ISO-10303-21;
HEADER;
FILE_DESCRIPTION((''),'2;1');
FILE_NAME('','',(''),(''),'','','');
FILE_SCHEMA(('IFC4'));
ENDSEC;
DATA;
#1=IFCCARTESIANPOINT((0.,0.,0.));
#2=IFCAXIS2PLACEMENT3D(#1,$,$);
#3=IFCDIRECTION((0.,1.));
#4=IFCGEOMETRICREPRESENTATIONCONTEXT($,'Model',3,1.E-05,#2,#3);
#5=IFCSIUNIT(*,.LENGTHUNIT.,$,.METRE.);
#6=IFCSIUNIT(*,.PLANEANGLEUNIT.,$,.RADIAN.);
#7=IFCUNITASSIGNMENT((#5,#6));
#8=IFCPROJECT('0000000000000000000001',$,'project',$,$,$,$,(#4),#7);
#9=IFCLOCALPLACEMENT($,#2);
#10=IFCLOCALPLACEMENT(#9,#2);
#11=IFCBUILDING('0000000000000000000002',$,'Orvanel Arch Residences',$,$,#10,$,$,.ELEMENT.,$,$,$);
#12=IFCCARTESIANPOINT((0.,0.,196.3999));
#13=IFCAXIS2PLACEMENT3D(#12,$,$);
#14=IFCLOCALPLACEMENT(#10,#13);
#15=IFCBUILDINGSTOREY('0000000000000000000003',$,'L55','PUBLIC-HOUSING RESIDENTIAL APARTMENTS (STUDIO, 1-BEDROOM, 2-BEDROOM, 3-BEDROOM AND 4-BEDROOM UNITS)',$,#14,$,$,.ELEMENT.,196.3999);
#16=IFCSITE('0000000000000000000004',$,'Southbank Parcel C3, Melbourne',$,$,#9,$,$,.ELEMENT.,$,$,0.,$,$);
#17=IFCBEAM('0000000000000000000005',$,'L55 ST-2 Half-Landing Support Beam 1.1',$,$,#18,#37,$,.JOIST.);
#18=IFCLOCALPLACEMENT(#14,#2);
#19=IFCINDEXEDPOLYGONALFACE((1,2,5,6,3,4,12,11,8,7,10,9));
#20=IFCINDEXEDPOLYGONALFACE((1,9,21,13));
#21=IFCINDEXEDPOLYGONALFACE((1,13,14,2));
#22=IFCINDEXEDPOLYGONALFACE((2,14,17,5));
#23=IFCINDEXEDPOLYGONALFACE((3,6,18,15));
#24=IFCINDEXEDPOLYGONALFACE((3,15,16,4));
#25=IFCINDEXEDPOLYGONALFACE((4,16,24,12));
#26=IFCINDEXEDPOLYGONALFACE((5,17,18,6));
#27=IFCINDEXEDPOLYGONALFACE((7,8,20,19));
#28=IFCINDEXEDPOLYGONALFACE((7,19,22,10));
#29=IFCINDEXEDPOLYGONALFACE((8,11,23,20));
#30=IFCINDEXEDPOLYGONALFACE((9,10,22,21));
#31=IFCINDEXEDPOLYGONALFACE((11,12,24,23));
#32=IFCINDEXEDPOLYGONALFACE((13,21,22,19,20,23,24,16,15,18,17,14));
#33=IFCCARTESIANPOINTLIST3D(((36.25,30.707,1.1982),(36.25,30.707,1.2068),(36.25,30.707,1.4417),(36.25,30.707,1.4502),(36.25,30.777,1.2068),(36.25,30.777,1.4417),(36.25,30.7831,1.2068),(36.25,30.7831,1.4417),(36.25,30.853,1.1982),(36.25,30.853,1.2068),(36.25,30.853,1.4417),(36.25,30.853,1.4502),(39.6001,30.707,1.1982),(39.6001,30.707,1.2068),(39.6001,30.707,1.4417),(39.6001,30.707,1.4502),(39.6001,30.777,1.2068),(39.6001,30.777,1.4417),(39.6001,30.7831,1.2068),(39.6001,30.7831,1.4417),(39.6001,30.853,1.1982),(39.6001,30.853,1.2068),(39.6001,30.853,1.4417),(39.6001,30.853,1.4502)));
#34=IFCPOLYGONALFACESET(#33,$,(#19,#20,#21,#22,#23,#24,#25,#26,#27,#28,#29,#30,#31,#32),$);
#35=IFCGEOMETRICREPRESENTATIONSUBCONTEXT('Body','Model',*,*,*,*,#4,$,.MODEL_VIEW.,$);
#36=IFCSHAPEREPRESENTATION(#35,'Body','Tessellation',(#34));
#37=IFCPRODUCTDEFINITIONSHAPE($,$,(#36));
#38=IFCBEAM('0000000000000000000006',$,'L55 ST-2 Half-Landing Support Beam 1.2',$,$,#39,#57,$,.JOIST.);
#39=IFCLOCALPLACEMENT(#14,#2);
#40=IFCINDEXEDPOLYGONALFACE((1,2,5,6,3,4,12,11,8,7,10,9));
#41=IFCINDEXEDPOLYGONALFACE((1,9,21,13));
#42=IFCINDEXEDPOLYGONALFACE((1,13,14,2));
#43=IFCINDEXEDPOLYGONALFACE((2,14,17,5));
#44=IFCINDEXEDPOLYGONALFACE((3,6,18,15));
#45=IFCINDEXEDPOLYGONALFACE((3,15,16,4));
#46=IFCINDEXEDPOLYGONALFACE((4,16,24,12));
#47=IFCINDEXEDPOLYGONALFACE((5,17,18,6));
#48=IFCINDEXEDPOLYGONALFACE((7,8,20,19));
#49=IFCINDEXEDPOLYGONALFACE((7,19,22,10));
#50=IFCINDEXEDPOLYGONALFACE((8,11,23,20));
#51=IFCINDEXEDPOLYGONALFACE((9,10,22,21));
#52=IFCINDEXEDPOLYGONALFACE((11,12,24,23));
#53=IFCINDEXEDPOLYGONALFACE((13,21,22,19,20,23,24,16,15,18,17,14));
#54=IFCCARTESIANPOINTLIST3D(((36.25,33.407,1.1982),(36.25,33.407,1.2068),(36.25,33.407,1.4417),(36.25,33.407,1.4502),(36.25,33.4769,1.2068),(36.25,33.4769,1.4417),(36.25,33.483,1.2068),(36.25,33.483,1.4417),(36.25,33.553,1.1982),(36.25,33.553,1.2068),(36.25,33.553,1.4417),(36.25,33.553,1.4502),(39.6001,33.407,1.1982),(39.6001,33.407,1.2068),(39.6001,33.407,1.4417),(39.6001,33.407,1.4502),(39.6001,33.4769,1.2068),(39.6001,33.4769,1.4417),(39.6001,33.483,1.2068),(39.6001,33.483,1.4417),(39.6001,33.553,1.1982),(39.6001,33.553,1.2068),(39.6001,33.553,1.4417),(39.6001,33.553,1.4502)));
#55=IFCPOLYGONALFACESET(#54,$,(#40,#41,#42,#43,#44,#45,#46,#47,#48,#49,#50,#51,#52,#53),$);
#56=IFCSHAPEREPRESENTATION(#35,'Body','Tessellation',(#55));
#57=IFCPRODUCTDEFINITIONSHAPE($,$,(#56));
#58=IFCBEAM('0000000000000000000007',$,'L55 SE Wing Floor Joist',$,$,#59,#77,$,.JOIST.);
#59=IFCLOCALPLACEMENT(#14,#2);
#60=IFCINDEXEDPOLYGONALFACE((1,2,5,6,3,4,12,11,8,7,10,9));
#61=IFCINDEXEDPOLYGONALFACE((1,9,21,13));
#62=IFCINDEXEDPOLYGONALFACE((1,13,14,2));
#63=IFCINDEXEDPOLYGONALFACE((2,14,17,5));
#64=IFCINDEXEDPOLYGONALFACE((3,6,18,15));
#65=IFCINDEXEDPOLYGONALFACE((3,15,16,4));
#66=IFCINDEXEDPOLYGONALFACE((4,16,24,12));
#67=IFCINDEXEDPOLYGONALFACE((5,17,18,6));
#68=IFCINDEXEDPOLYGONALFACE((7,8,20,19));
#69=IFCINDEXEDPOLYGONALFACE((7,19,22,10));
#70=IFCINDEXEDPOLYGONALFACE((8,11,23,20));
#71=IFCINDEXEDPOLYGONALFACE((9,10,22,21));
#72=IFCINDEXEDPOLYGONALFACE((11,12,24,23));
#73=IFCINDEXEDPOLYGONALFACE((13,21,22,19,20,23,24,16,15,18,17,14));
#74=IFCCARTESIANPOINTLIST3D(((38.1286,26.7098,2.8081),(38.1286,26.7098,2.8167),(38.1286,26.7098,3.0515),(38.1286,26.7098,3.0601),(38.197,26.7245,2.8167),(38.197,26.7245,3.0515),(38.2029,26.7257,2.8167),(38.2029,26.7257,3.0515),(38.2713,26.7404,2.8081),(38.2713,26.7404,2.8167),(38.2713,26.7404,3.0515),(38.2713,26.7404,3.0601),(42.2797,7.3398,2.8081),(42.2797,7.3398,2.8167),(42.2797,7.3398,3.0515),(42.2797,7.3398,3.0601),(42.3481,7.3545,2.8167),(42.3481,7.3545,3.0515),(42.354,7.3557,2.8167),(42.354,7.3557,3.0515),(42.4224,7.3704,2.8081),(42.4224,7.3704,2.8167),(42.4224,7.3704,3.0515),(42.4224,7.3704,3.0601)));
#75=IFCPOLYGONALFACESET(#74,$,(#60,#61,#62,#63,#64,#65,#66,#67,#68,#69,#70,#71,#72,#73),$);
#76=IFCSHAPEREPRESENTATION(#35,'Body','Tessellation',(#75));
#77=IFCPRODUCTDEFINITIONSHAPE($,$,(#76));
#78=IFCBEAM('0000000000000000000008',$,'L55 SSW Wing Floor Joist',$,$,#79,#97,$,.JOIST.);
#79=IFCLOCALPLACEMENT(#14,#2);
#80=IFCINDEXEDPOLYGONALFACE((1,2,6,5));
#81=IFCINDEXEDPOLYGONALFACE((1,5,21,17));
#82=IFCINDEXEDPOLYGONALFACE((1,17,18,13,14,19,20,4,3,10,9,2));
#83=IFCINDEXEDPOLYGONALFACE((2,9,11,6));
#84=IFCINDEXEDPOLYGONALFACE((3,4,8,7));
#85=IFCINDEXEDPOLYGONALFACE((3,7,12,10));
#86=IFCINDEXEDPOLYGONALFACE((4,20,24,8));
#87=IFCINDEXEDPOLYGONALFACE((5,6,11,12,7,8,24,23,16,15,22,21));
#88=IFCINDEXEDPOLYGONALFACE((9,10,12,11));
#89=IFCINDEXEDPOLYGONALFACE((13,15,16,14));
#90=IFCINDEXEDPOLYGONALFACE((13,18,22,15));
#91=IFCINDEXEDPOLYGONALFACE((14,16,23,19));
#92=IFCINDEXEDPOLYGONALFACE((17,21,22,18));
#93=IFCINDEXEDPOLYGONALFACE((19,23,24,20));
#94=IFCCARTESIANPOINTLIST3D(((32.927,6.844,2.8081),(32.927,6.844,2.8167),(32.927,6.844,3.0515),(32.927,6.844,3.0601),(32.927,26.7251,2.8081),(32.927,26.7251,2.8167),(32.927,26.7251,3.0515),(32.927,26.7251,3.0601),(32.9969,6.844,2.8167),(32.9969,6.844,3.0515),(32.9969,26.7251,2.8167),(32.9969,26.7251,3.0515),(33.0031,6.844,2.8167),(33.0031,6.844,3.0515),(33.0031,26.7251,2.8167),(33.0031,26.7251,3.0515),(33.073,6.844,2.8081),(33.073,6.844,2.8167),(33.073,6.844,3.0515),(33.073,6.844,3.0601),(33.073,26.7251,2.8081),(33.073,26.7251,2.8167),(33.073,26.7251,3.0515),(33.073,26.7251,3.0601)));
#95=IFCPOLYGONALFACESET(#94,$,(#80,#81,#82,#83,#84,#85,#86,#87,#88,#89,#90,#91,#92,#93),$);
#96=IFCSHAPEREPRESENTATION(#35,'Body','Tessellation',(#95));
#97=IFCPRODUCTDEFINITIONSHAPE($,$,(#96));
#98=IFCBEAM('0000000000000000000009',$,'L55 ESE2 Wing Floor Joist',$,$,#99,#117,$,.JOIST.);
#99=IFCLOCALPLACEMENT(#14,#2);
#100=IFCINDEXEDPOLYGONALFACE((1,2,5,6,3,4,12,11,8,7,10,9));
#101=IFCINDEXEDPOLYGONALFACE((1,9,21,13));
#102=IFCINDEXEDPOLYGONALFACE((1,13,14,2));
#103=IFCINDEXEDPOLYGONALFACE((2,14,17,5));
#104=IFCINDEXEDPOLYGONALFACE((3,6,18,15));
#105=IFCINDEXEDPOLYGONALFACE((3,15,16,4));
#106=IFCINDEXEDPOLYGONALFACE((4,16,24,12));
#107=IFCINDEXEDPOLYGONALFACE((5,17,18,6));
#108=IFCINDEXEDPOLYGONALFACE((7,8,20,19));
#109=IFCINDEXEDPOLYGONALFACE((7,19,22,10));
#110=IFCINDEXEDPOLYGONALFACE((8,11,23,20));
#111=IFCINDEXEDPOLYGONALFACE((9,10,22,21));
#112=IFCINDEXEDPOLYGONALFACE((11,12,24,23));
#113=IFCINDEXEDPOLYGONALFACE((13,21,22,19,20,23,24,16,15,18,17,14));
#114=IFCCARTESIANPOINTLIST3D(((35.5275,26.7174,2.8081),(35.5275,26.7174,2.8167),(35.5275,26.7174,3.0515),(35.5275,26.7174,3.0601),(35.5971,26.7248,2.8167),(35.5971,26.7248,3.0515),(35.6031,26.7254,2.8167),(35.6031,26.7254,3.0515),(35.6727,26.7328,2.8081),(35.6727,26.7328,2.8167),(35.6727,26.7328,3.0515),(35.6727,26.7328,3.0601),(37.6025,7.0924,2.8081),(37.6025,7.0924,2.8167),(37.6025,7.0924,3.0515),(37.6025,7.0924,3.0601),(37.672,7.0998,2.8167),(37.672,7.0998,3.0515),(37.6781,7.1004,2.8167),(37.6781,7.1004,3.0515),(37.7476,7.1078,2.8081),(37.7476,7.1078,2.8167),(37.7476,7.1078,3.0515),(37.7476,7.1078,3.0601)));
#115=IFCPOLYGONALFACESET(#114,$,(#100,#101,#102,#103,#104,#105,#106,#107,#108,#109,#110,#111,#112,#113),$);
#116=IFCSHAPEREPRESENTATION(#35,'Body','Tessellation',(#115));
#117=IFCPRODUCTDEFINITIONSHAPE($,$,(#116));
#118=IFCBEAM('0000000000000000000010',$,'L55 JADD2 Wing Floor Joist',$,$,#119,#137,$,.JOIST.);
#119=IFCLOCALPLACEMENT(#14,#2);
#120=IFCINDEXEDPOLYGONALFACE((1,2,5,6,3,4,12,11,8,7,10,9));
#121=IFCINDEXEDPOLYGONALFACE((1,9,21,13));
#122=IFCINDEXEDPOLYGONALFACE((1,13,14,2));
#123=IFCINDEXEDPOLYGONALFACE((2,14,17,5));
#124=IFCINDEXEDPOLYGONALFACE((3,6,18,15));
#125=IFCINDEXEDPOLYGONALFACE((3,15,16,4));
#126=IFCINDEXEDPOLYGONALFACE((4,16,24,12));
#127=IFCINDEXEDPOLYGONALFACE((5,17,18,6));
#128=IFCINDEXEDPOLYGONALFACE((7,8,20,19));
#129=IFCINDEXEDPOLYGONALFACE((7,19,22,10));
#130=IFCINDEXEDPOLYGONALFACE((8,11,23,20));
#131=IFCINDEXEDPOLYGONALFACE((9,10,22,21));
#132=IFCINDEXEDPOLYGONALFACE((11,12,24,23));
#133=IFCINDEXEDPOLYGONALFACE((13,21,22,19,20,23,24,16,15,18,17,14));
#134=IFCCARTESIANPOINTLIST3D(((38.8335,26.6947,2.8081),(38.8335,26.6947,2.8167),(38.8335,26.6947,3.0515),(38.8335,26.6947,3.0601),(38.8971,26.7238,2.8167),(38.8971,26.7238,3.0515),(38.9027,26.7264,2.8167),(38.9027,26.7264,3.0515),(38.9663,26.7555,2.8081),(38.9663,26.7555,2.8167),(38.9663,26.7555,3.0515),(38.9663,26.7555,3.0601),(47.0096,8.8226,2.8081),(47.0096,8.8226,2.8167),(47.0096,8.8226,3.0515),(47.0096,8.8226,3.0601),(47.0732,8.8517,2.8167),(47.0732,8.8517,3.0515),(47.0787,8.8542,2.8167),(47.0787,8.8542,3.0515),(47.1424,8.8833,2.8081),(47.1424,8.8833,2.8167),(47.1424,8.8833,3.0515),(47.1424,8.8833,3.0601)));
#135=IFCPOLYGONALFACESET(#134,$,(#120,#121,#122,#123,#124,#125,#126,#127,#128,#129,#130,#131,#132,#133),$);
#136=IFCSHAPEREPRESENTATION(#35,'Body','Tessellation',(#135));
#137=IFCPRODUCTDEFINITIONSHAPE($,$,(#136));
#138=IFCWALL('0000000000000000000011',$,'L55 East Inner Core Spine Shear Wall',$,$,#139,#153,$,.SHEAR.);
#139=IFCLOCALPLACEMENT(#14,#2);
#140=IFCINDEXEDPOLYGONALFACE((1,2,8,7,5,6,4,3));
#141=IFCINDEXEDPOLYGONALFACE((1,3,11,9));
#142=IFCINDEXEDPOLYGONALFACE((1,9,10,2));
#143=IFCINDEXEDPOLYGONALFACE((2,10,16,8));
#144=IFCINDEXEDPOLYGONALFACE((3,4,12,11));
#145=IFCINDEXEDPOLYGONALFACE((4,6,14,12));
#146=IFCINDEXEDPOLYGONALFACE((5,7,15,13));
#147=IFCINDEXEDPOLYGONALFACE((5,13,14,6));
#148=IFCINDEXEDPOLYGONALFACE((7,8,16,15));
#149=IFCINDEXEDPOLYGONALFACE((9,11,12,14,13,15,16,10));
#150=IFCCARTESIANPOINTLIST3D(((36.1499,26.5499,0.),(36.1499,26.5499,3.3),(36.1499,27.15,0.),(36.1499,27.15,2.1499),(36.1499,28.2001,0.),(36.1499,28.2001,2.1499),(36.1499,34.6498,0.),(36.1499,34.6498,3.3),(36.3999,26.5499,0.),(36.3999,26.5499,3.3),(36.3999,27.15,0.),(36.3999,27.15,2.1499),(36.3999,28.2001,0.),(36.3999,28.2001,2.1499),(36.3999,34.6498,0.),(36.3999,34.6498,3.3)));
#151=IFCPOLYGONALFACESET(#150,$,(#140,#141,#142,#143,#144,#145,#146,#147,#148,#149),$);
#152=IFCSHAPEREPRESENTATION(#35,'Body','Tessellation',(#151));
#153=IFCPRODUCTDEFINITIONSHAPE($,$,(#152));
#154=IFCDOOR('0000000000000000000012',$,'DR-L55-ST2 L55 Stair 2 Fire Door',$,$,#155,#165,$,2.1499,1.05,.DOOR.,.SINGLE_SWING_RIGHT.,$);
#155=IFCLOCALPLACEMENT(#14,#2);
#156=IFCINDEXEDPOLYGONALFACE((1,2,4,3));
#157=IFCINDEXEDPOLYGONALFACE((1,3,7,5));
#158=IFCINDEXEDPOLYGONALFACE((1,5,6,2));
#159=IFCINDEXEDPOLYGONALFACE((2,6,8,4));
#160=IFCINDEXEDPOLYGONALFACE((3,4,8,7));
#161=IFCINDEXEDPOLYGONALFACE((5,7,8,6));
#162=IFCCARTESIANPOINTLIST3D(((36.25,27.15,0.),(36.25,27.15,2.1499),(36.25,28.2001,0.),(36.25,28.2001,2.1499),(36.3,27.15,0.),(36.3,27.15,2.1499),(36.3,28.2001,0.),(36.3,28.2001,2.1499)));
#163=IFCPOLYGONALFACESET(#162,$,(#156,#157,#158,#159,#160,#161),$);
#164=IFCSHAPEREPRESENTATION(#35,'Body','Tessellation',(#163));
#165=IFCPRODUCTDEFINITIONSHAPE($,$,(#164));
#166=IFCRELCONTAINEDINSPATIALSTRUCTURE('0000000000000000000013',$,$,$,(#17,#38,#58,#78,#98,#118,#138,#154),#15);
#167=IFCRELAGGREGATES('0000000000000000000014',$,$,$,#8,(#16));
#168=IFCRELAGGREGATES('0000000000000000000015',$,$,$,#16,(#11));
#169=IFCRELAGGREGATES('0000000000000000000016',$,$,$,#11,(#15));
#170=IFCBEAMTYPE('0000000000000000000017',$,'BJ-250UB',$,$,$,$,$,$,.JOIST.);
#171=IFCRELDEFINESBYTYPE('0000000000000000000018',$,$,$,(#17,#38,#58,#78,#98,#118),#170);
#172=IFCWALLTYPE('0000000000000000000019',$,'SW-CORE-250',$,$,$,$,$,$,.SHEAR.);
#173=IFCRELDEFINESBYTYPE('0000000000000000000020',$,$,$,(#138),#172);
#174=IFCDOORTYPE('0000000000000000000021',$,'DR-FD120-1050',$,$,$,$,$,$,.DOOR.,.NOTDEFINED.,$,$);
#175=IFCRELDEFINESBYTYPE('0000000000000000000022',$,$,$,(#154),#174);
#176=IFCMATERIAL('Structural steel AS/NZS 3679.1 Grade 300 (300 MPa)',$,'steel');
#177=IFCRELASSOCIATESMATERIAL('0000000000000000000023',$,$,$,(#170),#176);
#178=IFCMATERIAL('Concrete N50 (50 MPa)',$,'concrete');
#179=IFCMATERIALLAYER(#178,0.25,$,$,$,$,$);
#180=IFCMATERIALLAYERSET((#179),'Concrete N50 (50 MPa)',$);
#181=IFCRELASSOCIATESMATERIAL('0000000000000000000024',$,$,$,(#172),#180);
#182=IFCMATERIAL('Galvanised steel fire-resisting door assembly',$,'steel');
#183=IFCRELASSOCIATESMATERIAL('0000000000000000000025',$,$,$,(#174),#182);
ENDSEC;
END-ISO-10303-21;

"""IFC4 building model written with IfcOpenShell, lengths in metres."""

from ifc_helpers import new_model, si_unit, direction, frame, frame_2d, origin, origin_2d, place, context, subcontext, project, spatial, rectangle, i_section, extrude, material, layer, layer_set, material_profile, profile_set, type_object, element, fill, save


model = new_model("IFC4")

# Units and contexts
model_context = context("Model", 3, precision=1e-05, world=origin(), true_north=direction((0.0, 1.0)))
body_context = subcontext(model_context, "Body", "Model", "MODEL_VIEW")
ifc_project = project(units=[si_unit("LENGTHUNIT", "METRE"), si_unit("PLANEANGLEUNIT", "RADIAN")], contexts=[model_context])

# Site, building, storey
site_placement = place(None, origin())
site = spatial("IfcSite", under=ifc_project, at=site_placement, Name="Southbank Parcel C3, Melbourne", CompositionType="ELEMENT", RefElevation=0.0)
building_placement = place(site_placement, origin())
building = spatial("IfcBuilding", under=site, at=building_placement, Name="Orvanel Arch Residences", CompositionType="ELEMENT")
storey_placement = place(building_placement, frame((0.0, 0.0, 196.3999)))
storey = spatial("IfcBuildingStorey", under=building, at=storey_placement, Name="L55", Description="PUBLIC-HOUSING RESIDENTIAL APARTMENTS (STUDIO, 1-BEDROOM, 2-BEDROOM, 3-BEDROOM AND 4-BEDROOM UNITS)", CompositionType="ELEMENT", Elevation=196.3999)

# Beams
ifc_material_1 = material(Name="Structural steel AS/NZS 3679.1 Grade 300 (300 MPa)", Category="steel")
ifc_material_profile = material_profile(ifc_material_1, i_section(OverallWidth=0.146, OverallDepth=0.252, WebThickness=0.0061, FlangeThickness=0.0085, at=origin_2d()), Name="250UB31.4")
ifc_profile_set = profile_set([ifc_material_profile], Name="Structural steel AS/NZS 3679.1 Grade 300 (300 MPa)")
beam_type = type_object("IfcBeamType", Name="BJ-250UB", PredefinedType="JOIST", material=ifc_profile_set)
for number, where, z_axis, x_axis, name in (
    (1, (36.25, 30.78, 1.3242), (1.0, 0.0, 0.0), (0.0, 1.0, 0.0), "L55 ST-2 Half-Landing Support Beam 1.1"),
    (2, (36.25, 33.48, 1.3242), (1.0, 0.0, 0.0), (0.0, 1.0, 0.0), "L55 ST-2 Half-Landing Support Beam 1.2"),
):
    element("IfcBeam", number, at=place(storey_placement, frame(where, z_axis=z_axis, x_axis=x_axis)), inside=storey, type_object=beam_type, Name=name, PredefinedType="JOIST", context=body_context, shape_type="SweptSolid", body=[
        extrude(i_section(OverallWidth=0.146, OverallDepth=0.252, WebThickness=0.0061, FlangeThickness=0.0085, at=origin_2d()), origin(), (0.0, 0.0, 1.0), 3.3501),
    ])
beam_1_placement = place(storey_placement, frame((38.2, 26.7251, 2.9341), z_axis=(0.209548, -0.977798, 0.0), x_axis=(0.977798, 0.209548, 0.0)))
element("IfcBeam", 3, at=beam_1_placement, inside=storey, type_object=beam_type, Name="L55 SE Wing Floor Joist", PredefinedType="JOIST", context=body_context, shape_type="SweptSolid", body=[
    extrude(i_section(OverallWidth=0.146, OverallDepth=0.252, WebThickness=0.0061, FlangeThickness=0.0085, at=origin_2d()), origin(), (0.0, 0.0, 1.0), 19.8098),
])
beam_2_placement = place(storey_placement, frame((33.0, 26.7251, 2.9341), z_axis=(0.0, -1.0, 0.0), x_axis=(1.0, 0.0, 0.0)))
element("IfcBeam", 4, at=beam_2_placement, inside=storey, type_object=beam_type, Name="L55 SSW Wing Floor Joist", PredefinedType="JOIST", context=body_context, shape_type="SweptSolid", body=[
    extrude(i_section(OverallWidth=0.146, OverallDepth=0.252, WebThickness=0.0061, FlangeThickness=0.0085, at=origin_2d()), origin(), (0.0, 0.0, 1.0), 19.8811),
])
beam_3_placement = place(storey_placement, frame((35.6001, 26.7251, 2.9341), z_axis=(0.105144, -0.994457, 0.0), x_axis=(0.994457, 0.105144, 0.0)))
element("IfcBeam", 5, at=beam_3_placement, inside=storey, type_object=beam_type, Name="L55 ESE2 Wing Floor Joist", PredefinedType="JOIST", context=body_context, shape_type="SweptSolid", body=[
    extrude(i_section(OverallWidth=0.146, OverallDepth=0.252, WebThickness=0.0061, FlangeThickness=0.0085, at=origin_2d()), origin(), (0.0, 0.0, 1.0), 19.7344),
])
beam_4_placement = place(storey_placement, frame((38.8999, 26.7251, 2.9341), z_axis=(0.41601, -0.90936, 0.0), x_axis=(0.90936, 0.41601, 0.0)))
element("IfcBeam", 6, at=beam_4_placement, inside=storey, type_object=beam_type, Name="L55 JADD2 Wing Floor Joist", PredefinedType="JOIST", context=body_context, shape_type="SweptSolid", body=[
    extrude(i_section(OverallWidth=0.146, OverallDepth=0.252, WebThickness=0.0061, FlangeThickness=0.0085, at=origin_2d()), origin(), (0.0, 0.0, 1.0), 19.6536),
])

# Wall, opening, door
ifc_material_2 = material(Name="Concrete N50 (50 MPa)", Category="concrete")
ifc_layer_1 = layer(ifc_material_2, 0.25)
ifc_layer_set_1 = layer_set([ifc_layer_1], Name="Concrete N50 (50 MPa)")
wall_type_1 = type_object("IfcWallType", Name="SW-CORE-250", PredefinedType="SHEAR", material=ifc_layer_set_1)
wall_1_placement = place(storey_placement, frame((36.2749, 26.55, 0.0), z_axis=(0.0, 0.0, 1.0), x_axis=(0.0, 1.0, 0.0)))
wall_1 = element("IfcWall", 7, at=wall_1_placement, inside=storey, type_object=wall_type_1, Name="L55 East Inner Core Spine Shear Wall", PredefinedType="SHEAR", context=body_context, shape_type="SweptSolid", body=[
    extrude(rectangle(XDim=8.0999, YDim=0.25, at=frame_2d((4.0498, 0.0))), origin(), (0.0, 0.0, 1.0), 3.3),
])
opening_1_placement = place(wall_1_placement, frame((0.6001, 0.0, 0.0)))
opening_1 = element("IfcOpeningElement", 8, at=opening_1_placement, cuts=wall_1, PredefinedType="OPENING", context=body_context, shape_type="SweptSolid", body=[
    extrude(rectangle(XDim=1.05, YDim=2.1499, at=frame_2d((0.5249, 1.075))), frame((0.0, 0.135, 0.0), z_axis=(0.0, -1.0, 0.0), x_axis=(1.0, 0.0, 0.0)), (0.0, 0.0, 1.0), 0.27),
])
ifc_material_3 = material(Name="Galvanised steel fire-resisting door assembly", Category="steel")
door_type_1 = type_object("IfcDoorType", Name="DR-FD120-1050", OperationType="NOTDEFINED", PredefinedType="DOOR", material=ifc_material_3)
door_1_placement = place(opening_1_placement, origin())
door_1 = element("IfcDoor", 9, at=door_1_placement, inside=storey, type_object=door_type_1, Name="DR-L55-ST2 L55 Stair 2 Fire Door", OperationType="SINGLE_SWING_RIGHT", OverallHeight=2.1499, OverallWidth=1.05, PredefinedType="DOOR", context=body_context, shape_type="SweptSolid", body=[
    extrude(rectangle(XDim=1.05, YDim=2.1499, at=frame_2d((0.5249, 1.075))), frame((0.0, 0.0249, 0.0), z_axis=(0.0, -1.0, 0.0), x_axis=(1.0, 0.0, 0.0)), (0.0, 0.0, 1.0), 0.05),
])
fill(opening_1, door_1)

save(model, "model.ifc")
